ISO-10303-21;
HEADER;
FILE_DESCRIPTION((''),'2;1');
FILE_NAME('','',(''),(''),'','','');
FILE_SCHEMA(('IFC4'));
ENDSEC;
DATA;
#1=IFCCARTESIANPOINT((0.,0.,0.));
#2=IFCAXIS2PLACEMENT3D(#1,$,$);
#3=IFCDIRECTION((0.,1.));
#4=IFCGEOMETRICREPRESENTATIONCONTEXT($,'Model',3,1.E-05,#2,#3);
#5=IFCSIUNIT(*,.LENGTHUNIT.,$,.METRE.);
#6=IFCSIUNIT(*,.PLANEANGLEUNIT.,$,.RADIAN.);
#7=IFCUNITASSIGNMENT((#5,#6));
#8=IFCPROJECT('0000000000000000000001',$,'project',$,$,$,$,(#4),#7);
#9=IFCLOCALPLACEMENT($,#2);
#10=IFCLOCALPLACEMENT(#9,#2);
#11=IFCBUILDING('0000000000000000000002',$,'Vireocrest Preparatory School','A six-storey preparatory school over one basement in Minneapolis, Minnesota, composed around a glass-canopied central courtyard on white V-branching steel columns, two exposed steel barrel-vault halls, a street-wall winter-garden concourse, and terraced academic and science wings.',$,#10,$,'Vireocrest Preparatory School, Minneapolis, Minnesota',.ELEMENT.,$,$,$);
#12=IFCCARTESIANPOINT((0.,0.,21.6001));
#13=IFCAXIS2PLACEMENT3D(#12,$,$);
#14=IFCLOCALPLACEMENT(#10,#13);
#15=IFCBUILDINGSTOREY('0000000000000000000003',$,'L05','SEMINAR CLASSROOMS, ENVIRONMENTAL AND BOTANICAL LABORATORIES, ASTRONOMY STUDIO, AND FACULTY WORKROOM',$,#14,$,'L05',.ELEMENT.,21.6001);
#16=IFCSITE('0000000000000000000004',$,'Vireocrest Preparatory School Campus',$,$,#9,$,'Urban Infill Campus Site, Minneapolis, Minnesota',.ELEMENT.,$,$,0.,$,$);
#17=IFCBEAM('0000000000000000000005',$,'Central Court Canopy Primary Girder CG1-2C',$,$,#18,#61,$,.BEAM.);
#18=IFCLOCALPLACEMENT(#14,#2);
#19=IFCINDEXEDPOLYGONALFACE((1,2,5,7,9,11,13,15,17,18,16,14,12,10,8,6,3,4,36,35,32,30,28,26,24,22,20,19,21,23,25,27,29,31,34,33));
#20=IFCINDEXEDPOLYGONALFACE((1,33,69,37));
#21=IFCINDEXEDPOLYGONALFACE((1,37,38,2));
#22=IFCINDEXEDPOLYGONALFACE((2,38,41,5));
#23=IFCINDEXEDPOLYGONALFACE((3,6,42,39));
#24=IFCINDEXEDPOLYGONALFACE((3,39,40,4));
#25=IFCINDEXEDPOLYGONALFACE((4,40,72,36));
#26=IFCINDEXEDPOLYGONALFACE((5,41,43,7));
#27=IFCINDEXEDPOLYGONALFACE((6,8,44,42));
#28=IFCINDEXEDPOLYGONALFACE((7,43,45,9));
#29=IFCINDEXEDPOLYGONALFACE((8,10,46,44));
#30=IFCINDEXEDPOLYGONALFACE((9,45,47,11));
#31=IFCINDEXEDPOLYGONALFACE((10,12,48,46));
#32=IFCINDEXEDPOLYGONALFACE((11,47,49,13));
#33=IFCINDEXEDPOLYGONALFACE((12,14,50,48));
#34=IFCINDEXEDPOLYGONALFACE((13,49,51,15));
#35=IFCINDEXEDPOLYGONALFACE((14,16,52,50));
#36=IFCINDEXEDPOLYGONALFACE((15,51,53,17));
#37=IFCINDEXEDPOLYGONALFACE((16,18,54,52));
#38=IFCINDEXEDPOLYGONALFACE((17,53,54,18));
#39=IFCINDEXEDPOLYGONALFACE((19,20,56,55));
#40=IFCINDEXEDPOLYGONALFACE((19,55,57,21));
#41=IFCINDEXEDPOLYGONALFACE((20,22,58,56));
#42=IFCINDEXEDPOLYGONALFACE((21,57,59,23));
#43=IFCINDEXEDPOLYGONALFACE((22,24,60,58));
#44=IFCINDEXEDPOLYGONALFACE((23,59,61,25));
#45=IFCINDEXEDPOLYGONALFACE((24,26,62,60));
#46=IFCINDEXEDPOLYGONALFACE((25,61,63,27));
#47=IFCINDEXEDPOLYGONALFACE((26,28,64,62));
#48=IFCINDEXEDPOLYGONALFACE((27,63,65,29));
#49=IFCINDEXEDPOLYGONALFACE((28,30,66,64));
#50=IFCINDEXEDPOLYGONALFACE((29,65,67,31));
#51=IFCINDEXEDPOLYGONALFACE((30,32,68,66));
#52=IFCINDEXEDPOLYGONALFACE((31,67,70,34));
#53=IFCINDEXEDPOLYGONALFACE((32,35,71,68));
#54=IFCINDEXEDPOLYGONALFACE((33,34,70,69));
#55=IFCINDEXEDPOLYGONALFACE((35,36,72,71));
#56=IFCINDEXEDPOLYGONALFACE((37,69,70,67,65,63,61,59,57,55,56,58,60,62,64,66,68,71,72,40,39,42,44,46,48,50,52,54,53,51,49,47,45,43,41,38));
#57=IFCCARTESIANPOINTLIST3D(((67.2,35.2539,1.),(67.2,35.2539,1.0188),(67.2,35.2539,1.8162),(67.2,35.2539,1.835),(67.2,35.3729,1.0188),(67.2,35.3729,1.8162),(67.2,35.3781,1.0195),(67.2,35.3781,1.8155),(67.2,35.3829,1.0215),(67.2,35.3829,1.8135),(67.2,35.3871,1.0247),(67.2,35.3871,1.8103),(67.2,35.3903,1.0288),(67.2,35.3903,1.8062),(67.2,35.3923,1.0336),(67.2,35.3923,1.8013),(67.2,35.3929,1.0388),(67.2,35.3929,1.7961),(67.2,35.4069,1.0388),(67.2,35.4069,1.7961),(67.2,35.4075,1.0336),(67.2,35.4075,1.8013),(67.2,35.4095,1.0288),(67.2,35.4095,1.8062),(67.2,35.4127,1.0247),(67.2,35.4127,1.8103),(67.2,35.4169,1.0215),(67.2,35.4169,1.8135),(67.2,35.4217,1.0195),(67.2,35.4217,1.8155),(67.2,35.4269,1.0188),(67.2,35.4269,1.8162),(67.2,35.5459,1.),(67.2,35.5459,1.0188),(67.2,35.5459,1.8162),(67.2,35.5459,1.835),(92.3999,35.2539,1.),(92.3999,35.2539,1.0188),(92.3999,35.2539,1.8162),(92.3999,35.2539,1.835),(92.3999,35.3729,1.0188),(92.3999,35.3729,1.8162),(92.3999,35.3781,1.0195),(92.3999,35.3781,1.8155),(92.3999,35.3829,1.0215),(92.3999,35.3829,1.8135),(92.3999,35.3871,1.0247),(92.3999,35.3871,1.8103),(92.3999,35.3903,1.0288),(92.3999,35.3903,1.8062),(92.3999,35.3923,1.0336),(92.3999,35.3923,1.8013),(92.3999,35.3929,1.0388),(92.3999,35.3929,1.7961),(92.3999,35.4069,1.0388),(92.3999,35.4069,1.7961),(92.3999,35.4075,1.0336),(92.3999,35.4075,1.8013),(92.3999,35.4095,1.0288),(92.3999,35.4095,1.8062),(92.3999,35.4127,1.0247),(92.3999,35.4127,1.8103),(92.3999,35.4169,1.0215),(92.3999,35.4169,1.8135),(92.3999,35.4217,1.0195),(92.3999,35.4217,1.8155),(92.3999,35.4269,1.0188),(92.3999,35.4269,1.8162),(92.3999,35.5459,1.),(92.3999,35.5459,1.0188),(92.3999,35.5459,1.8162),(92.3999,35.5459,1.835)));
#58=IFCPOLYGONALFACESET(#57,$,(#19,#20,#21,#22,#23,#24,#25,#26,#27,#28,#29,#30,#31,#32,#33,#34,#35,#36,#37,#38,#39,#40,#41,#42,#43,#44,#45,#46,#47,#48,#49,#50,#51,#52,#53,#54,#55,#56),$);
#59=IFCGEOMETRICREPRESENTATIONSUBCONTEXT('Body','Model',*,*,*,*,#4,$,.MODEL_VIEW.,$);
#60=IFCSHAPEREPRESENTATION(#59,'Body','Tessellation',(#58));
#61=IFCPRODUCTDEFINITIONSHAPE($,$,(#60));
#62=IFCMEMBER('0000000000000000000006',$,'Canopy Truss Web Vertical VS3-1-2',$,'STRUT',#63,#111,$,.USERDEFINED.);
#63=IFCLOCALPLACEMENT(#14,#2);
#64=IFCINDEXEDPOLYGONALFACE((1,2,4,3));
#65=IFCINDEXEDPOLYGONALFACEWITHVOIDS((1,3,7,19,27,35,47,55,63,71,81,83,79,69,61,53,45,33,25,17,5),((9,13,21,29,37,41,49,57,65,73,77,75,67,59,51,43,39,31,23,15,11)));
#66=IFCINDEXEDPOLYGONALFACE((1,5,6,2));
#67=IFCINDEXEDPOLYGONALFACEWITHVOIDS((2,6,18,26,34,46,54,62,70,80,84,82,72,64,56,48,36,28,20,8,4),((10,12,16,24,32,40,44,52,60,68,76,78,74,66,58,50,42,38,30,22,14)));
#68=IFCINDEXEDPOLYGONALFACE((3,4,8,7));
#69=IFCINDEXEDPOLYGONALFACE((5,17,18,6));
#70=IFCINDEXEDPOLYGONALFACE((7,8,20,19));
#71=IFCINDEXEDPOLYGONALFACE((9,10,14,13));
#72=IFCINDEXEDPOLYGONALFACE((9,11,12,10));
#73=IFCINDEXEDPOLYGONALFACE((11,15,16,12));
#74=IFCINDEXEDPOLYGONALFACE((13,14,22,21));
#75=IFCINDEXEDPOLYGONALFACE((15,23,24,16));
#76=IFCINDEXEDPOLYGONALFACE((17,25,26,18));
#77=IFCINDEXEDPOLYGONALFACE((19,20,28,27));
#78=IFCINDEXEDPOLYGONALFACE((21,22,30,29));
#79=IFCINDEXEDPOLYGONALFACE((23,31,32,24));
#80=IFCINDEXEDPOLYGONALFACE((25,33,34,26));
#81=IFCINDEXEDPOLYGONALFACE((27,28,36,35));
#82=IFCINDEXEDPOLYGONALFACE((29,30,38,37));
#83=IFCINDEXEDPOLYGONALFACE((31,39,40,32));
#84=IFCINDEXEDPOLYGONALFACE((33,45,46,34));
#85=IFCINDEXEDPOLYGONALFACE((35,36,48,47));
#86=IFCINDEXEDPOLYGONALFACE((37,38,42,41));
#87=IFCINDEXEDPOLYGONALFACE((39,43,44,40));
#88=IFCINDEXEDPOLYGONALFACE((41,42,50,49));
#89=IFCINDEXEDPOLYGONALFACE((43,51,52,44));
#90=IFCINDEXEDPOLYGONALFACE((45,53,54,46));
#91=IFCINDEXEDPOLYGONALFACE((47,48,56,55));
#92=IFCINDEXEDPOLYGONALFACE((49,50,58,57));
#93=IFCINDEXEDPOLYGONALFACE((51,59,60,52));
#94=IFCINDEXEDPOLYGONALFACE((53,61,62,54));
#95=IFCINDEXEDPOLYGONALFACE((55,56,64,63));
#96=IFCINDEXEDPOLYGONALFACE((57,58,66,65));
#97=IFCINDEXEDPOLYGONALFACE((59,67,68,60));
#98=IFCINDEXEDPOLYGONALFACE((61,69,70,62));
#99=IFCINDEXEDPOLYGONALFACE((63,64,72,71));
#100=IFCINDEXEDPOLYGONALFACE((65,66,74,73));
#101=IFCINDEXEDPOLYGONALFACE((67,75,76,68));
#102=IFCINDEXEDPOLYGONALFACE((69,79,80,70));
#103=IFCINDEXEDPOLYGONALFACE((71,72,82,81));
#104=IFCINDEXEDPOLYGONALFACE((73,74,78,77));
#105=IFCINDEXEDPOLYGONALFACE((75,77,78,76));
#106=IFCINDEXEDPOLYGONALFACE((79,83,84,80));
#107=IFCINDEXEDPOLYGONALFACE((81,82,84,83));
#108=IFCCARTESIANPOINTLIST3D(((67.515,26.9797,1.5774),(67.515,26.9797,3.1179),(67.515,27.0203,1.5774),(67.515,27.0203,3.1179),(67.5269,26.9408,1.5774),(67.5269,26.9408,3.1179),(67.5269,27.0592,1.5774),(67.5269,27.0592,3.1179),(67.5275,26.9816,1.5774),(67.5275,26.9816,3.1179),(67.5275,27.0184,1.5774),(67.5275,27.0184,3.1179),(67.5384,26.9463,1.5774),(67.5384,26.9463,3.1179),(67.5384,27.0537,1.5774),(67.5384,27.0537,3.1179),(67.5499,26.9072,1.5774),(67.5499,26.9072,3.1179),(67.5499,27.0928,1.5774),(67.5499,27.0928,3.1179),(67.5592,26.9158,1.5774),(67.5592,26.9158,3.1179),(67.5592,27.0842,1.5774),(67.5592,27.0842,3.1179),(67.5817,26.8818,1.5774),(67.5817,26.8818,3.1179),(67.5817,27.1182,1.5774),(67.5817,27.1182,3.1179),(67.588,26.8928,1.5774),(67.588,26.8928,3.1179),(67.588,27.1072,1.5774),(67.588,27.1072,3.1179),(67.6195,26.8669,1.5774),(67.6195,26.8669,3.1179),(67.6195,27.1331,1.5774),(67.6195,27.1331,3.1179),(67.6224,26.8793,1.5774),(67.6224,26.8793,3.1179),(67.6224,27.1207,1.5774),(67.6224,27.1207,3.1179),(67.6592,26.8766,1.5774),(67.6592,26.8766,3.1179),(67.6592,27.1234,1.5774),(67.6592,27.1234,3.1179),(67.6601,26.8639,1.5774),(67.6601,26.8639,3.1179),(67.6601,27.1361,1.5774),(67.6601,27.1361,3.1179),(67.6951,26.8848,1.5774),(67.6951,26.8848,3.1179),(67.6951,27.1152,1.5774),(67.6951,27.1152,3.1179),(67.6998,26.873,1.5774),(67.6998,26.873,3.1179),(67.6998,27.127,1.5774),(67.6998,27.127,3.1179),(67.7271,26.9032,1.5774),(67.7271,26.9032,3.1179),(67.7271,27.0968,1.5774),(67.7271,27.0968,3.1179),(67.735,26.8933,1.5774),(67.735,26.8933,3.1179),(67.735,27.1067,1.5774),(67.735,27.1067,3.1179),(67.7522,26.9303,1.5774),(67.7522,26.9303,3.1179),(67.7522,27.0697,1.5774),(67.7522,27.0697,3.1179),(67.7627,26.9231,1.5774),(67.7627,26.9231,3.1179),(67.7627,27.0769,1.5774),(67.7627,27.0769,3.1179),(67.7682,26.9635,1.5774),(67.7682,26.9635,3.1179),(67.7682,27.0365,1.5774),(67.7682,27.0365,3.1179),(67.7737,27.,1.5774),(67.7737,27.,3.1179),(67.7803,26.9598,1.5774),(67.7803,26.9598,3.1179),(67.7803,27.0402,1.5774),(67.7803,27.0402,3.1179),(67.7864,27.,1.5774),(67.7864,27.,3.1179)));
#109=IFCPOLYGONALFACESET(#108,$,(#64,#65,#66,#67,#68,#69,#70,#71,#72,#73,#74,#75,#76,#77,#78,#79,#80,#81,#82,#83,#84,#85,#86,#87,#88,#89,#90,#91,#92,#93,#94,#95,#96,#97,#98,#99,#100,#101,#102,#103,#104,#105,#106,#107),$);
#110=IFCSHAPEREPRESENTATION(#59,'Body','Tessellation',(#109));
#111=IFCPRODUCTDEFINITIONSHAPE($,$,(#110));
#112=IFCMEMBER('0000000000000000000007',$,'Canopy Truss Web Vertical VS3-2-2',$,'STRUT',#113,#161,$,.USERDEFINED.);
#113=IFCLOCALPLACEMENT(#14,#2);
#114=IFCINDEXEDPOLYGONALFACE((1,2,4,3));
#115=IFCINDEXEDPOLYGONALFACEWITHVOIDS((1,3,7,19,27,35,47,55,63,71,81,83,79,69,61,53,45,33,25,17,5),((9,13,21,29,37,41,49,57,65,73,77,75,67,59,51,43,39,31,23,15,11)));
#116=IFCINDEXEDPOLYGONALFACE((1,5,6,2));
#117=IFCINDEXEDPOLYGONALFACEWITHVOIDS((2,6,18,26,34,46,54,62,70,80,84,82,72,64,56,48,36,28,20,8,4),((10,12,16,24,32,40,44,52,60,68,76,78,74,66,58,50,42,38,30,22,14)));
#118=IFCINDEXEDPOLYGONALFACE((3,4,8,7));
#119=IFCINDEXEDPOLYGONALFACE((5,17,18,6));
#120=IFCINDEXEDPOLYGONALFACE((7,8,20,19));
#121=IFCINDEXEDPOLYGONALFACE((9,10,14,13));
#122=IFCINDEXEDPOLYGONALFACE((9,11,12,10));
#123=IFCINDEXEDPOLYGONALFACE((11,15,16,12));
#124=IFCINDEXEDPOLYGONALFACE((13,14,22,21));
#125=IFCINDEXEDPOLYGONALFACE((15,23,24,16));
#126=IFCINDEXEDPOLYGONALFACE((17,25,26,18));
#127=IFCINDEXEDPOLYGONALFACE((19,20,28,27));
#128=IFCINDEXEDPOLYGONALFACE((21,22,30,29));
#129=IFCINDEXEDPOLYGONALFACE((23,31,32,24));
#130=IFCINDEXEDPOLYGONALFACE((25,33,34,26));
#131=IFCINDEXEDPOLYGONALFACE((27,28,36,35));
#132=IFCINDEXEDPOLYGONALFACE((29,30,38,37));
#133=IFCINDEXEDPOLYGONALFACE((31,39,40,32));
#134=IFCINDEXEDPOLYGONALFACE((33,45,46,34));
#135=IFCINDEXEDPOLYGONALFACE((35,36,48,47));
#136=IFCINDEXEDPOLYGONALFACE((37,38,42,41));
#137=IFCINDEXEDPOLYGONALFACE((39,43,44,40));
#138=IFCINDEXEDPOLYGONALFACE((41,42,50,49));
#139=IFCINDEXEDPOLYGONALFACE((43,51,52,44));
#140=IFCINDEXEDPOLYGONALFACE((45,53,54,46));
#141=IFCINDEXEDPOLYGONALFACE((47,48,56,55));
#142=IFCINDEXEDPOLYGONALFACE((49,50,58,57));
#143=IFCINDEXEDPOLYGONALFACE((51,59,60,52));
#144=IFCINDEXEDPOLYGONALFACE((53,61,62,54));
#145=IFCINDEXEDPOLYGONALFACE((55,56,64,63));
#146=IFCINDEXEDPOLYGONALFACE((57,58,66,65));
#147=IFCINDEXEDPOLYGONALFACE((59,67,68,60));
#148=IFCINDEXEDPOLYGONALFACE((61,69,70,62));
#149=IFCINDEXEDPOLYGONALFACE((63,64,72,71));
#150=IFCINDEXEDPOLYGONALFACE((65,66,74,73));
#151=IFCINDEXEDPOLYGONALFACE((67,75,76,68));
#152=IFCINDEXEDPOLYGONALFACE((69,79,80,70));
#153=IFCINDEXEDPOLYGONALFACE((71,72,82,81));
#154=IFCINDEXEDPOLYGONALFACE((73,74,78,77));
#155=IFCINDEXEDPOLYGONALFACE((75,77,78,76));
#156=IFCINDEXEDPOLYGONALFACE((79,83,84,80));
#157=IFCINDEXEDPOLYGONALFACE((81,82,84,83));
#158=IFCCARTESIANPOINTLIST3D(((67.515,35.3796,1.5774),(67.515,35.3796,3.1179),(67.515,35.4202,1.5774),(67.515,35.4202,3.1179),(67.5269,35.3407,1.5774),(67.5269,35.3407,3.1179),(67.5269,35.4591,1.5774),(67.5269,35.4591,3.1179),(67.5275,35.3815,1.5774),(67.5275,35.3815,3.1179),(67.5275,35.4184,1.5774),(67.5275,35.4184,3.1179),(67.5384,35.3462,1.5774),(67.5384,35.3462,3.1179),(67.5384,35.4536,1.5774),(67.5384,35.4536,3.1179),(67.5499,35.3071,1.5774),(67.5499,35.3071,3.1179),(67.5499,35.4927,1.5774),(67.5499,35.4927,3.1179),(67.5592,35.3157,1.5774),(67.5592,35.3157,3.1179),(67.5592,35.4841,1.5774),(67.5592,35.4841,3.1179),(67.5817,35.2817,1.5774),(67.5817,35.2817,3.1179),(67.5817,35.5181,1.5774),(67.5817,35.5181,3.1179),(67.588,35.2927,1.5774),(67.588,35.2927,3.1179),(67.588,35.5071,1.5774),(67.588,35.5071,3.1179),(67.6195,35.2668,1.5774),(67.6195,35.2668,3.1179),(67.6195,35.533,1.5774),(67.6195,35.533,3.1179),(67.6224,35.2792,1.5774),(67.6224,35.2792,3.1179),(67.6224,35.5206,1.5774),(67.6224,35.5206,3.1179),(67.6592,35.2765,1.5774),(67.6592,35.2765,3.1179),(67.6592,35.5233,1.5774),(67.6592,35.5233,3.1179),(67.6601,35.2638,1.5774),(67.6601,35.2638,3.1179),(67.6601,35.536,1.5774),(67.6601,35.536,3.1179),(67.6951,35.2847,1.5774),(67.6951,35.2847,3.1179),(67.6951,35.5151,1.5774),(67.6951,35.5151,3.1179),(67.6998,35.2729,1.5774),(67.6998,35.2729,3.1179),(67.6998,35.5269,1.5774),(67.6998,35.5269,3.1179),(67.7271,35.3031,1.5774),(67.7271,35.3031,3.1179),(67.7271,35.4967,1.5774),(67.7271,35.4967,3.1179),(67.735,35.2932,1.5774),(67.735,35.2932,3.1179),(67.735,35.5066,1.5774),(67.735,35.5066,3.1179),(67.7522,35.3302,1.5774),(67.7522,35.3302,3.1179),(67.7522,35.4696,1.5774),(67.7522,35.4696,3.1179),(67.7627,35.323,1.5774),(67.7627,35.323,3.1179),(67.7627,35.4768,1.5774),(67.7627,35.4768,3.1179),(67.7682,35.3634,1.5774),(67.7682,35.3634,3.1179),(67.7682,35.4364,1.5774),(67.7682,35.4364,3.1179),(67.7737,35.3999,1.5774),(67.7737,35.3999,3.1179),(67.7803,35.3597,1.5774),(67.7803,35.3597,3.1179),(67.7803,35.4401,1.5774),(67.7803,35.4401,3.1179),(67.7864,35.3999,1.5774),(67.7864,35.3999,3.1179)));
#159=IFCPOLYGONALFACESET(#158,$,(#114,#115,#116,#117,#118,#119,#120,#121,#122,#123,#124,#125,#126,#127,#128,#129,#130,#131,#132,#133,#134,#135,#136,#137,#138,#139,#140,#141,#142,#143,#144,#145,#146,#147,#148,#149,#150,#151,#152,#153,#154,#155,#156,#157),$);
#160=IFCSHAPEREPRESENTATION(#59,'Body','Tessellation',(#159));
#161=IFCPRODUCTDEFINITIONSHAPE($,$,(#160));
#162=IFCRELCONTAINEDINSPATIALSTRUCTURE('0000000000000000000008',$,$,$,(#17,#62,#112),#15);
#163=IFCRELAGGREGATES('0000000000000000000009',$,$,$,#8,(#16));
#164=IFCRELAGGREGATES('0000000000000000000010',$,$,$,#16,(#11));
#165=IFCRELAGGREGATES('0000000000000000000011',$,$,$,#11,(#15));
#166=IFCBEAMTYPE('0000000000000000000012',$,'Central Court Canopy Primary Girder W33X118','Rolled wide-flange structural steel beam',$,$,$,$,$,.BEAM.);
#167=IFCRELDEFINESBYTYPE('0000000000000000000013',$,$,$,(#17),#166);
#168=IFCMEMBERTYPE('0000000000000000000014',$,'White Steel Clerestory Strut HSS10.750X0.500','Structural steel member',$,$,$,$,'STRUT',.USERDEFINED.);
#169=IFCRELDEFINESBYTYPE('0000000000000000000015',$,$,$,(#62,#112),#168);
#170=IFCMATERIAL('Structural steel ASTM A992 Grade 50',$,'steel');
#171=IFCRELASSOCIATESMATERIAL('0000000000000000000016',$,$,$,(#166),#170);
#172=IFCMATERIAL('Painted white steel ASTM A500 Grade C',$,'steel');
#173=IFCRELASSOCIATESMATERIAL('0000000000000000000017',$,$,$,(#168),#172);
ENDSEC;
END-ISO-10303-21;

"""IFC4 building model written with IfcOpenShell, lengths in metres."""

from ifc_helpers import new_model, si_unit, direction, frame, origin, origin_2d, place, context, subcontext, project, spatial, hollow_circle, i_section, extrude, material, material_profile, profile_set, type_object, element, save


model = new_model("IFC4")

# Units and contexts
model_context = context("Model", 3, precision=1e-05, world=origin(), true_north=direction((0.0, 1.0)))
body_context = subcontext(model_context, "Body", "Model", "MODEL_VIEW")
ifc_project = project(units=[si_unit("LENGTHUNIT", "METRE"), si_unit("PLANEANGLEUNIT", "RADIAN")], contexts=[model_context])

# Site, building, storey
site_placement = place(None, origin())
site = spatial("IfcSite", under=ifc_project, at=site_placement, Name="Vireocrest Preparatory School Campus", LongName="Urban Infill Campus Site, Minneapolis, Minnesota", CompositionType="ELEMENT", RefElevation=0.0)
building_placement = place(site_placement, origin())
building = spatial("IfcBuilding", under=site, at=building_placement, Name="Vireocrest Preparatory School", Description="A six-storey preparatory school over one basement in Minneapolis, Minnesota, composed around a glass-canopied central courtyard on white V-branching steel columns, two exposed steel barrel-vault halls, a street-wall winter-garden concourse, and terraced academic and science wings.", LongName="Vireocrest Preparatory School, Minneapolis, Minnesota", CompositionType="ELEMENT")
storey_placement = place(building_placement, frame((0.0, 0.0, 21.6001)))
storey = spatial("IfcBuildingStorey", under=building, at=storey_placement, Name="L05", Description="SEMINAR CLASSROOMS, ENVIRONMENTAL AND BOTANICAL LABORATORIES, ASTRONOMY STUDIO, AND FACULTY WORKROOM", LongName="L05", CompositionType="ELEMENT", Elevation=21.6001)

# Shared definitions
ifc_material_1 = material(Name="Structural steel ASTM A992 Grade 50", Category="steel")

# Shared definitions
ifc_material_2 = material(Name="Painted white steel ASTM A500 Grade C", Category="steel")

# Beam
ifc_material_profile_1 = material_profile(ifc_material_1, i_section(OverallWidth=0.292, OverallDepth=0.835, WebThickness=0.0139, FlangeThickness=0.0188, FilletRadius=0.02, at=origin_2d()), Name="W33X118")
ifc_profile_set_1 = profile_set([ifc_material_profile_1], Name="Structural steel ASTM A992 Grade 50")
beam_type_1 = type_object("IfcBeamType", Name="Central Court Canopy Primary Girder W33X118", Description="Rolled wide-flange structural steel beam", PredefinedType="BEAM", material=ifc_profile_set_1)
for number, where, z_axis, x_axis, name in (
    (1, (67.2, 35.3999, 1.4175), (1.0, 0.0, 0.0), (0.0, 1.0, 0.0), "Central Court Canopy Primary Girder CG1-2C"),
):
    element("IfcBeam", number, at=place(storey_placement, frame(where, z_axis=z_axis, x_axis=x_axis)), inside=storey, type_object=beam_type_1, Name=name, PredefinedType="BEAM", context=body_context, shape_type="SweptSolid", body=[
        extrude(i_section(OverallWidth=0.292, OverallDepth=0.835, WebThickness=0.0139, FlangeThickness=0.0188, FilletRadius=0.02, at=origin_2d()), origin(), (0.0, 0.0, 1.0), 25.2),
    ])

# Members
ifc_material_profile_2 = material_profile(ifc_material_2, hollow_circle(Radius=0.1365, WallThickness=0.0127, at=origin_2d()), Name="HSS10.750X0.500")
ifc_profile_set_2 = profile_set([ifc_material_profile_2], Name="Painted white steel ASTM A500 Grade C")
member_type_1 = type_object("IfcMemberType", Name="White Steel Clerestory Strut HSS10.750X0.500", Description="Structural steel member", ElementType="STRUT", PredefinedType="USERDEFINED", material=ifc_profile_set_2)
for number, where, z_axis, x_axis, name in (
    (2, (67.6499, 27.0, 1.5774), (0.0, 0.0, 1.0), (1.0, 0.0, 0.0), "Canopy Truss Web Vertical VS3-1-2"),
    (3, (67.6499, 35.3999, 1.5774), (0.0, 0.0, 1.0), (1.0, 0.0, 0.0), "Canopy Truss Web Vertical VS3-2-2"),
):
    element("IfcMember", number, at=place(storey_placement, frame(where, z_axis=z_axis, x_axis=x_axis)), inside=storey, type_object=member_type_1, Name=name, ObjectType="STRUT", PredefinedType="USERDEFINED", context=body_context, shape_type="SweptSolid", body=[
        extrude(hollow_circle(Radius=0.1365, WallThickness=0.0127, at=origin_2d()), origin(), (0.0, 0.0, 1.0), 1.5405),
    ])

save(model, "model.ifc")
